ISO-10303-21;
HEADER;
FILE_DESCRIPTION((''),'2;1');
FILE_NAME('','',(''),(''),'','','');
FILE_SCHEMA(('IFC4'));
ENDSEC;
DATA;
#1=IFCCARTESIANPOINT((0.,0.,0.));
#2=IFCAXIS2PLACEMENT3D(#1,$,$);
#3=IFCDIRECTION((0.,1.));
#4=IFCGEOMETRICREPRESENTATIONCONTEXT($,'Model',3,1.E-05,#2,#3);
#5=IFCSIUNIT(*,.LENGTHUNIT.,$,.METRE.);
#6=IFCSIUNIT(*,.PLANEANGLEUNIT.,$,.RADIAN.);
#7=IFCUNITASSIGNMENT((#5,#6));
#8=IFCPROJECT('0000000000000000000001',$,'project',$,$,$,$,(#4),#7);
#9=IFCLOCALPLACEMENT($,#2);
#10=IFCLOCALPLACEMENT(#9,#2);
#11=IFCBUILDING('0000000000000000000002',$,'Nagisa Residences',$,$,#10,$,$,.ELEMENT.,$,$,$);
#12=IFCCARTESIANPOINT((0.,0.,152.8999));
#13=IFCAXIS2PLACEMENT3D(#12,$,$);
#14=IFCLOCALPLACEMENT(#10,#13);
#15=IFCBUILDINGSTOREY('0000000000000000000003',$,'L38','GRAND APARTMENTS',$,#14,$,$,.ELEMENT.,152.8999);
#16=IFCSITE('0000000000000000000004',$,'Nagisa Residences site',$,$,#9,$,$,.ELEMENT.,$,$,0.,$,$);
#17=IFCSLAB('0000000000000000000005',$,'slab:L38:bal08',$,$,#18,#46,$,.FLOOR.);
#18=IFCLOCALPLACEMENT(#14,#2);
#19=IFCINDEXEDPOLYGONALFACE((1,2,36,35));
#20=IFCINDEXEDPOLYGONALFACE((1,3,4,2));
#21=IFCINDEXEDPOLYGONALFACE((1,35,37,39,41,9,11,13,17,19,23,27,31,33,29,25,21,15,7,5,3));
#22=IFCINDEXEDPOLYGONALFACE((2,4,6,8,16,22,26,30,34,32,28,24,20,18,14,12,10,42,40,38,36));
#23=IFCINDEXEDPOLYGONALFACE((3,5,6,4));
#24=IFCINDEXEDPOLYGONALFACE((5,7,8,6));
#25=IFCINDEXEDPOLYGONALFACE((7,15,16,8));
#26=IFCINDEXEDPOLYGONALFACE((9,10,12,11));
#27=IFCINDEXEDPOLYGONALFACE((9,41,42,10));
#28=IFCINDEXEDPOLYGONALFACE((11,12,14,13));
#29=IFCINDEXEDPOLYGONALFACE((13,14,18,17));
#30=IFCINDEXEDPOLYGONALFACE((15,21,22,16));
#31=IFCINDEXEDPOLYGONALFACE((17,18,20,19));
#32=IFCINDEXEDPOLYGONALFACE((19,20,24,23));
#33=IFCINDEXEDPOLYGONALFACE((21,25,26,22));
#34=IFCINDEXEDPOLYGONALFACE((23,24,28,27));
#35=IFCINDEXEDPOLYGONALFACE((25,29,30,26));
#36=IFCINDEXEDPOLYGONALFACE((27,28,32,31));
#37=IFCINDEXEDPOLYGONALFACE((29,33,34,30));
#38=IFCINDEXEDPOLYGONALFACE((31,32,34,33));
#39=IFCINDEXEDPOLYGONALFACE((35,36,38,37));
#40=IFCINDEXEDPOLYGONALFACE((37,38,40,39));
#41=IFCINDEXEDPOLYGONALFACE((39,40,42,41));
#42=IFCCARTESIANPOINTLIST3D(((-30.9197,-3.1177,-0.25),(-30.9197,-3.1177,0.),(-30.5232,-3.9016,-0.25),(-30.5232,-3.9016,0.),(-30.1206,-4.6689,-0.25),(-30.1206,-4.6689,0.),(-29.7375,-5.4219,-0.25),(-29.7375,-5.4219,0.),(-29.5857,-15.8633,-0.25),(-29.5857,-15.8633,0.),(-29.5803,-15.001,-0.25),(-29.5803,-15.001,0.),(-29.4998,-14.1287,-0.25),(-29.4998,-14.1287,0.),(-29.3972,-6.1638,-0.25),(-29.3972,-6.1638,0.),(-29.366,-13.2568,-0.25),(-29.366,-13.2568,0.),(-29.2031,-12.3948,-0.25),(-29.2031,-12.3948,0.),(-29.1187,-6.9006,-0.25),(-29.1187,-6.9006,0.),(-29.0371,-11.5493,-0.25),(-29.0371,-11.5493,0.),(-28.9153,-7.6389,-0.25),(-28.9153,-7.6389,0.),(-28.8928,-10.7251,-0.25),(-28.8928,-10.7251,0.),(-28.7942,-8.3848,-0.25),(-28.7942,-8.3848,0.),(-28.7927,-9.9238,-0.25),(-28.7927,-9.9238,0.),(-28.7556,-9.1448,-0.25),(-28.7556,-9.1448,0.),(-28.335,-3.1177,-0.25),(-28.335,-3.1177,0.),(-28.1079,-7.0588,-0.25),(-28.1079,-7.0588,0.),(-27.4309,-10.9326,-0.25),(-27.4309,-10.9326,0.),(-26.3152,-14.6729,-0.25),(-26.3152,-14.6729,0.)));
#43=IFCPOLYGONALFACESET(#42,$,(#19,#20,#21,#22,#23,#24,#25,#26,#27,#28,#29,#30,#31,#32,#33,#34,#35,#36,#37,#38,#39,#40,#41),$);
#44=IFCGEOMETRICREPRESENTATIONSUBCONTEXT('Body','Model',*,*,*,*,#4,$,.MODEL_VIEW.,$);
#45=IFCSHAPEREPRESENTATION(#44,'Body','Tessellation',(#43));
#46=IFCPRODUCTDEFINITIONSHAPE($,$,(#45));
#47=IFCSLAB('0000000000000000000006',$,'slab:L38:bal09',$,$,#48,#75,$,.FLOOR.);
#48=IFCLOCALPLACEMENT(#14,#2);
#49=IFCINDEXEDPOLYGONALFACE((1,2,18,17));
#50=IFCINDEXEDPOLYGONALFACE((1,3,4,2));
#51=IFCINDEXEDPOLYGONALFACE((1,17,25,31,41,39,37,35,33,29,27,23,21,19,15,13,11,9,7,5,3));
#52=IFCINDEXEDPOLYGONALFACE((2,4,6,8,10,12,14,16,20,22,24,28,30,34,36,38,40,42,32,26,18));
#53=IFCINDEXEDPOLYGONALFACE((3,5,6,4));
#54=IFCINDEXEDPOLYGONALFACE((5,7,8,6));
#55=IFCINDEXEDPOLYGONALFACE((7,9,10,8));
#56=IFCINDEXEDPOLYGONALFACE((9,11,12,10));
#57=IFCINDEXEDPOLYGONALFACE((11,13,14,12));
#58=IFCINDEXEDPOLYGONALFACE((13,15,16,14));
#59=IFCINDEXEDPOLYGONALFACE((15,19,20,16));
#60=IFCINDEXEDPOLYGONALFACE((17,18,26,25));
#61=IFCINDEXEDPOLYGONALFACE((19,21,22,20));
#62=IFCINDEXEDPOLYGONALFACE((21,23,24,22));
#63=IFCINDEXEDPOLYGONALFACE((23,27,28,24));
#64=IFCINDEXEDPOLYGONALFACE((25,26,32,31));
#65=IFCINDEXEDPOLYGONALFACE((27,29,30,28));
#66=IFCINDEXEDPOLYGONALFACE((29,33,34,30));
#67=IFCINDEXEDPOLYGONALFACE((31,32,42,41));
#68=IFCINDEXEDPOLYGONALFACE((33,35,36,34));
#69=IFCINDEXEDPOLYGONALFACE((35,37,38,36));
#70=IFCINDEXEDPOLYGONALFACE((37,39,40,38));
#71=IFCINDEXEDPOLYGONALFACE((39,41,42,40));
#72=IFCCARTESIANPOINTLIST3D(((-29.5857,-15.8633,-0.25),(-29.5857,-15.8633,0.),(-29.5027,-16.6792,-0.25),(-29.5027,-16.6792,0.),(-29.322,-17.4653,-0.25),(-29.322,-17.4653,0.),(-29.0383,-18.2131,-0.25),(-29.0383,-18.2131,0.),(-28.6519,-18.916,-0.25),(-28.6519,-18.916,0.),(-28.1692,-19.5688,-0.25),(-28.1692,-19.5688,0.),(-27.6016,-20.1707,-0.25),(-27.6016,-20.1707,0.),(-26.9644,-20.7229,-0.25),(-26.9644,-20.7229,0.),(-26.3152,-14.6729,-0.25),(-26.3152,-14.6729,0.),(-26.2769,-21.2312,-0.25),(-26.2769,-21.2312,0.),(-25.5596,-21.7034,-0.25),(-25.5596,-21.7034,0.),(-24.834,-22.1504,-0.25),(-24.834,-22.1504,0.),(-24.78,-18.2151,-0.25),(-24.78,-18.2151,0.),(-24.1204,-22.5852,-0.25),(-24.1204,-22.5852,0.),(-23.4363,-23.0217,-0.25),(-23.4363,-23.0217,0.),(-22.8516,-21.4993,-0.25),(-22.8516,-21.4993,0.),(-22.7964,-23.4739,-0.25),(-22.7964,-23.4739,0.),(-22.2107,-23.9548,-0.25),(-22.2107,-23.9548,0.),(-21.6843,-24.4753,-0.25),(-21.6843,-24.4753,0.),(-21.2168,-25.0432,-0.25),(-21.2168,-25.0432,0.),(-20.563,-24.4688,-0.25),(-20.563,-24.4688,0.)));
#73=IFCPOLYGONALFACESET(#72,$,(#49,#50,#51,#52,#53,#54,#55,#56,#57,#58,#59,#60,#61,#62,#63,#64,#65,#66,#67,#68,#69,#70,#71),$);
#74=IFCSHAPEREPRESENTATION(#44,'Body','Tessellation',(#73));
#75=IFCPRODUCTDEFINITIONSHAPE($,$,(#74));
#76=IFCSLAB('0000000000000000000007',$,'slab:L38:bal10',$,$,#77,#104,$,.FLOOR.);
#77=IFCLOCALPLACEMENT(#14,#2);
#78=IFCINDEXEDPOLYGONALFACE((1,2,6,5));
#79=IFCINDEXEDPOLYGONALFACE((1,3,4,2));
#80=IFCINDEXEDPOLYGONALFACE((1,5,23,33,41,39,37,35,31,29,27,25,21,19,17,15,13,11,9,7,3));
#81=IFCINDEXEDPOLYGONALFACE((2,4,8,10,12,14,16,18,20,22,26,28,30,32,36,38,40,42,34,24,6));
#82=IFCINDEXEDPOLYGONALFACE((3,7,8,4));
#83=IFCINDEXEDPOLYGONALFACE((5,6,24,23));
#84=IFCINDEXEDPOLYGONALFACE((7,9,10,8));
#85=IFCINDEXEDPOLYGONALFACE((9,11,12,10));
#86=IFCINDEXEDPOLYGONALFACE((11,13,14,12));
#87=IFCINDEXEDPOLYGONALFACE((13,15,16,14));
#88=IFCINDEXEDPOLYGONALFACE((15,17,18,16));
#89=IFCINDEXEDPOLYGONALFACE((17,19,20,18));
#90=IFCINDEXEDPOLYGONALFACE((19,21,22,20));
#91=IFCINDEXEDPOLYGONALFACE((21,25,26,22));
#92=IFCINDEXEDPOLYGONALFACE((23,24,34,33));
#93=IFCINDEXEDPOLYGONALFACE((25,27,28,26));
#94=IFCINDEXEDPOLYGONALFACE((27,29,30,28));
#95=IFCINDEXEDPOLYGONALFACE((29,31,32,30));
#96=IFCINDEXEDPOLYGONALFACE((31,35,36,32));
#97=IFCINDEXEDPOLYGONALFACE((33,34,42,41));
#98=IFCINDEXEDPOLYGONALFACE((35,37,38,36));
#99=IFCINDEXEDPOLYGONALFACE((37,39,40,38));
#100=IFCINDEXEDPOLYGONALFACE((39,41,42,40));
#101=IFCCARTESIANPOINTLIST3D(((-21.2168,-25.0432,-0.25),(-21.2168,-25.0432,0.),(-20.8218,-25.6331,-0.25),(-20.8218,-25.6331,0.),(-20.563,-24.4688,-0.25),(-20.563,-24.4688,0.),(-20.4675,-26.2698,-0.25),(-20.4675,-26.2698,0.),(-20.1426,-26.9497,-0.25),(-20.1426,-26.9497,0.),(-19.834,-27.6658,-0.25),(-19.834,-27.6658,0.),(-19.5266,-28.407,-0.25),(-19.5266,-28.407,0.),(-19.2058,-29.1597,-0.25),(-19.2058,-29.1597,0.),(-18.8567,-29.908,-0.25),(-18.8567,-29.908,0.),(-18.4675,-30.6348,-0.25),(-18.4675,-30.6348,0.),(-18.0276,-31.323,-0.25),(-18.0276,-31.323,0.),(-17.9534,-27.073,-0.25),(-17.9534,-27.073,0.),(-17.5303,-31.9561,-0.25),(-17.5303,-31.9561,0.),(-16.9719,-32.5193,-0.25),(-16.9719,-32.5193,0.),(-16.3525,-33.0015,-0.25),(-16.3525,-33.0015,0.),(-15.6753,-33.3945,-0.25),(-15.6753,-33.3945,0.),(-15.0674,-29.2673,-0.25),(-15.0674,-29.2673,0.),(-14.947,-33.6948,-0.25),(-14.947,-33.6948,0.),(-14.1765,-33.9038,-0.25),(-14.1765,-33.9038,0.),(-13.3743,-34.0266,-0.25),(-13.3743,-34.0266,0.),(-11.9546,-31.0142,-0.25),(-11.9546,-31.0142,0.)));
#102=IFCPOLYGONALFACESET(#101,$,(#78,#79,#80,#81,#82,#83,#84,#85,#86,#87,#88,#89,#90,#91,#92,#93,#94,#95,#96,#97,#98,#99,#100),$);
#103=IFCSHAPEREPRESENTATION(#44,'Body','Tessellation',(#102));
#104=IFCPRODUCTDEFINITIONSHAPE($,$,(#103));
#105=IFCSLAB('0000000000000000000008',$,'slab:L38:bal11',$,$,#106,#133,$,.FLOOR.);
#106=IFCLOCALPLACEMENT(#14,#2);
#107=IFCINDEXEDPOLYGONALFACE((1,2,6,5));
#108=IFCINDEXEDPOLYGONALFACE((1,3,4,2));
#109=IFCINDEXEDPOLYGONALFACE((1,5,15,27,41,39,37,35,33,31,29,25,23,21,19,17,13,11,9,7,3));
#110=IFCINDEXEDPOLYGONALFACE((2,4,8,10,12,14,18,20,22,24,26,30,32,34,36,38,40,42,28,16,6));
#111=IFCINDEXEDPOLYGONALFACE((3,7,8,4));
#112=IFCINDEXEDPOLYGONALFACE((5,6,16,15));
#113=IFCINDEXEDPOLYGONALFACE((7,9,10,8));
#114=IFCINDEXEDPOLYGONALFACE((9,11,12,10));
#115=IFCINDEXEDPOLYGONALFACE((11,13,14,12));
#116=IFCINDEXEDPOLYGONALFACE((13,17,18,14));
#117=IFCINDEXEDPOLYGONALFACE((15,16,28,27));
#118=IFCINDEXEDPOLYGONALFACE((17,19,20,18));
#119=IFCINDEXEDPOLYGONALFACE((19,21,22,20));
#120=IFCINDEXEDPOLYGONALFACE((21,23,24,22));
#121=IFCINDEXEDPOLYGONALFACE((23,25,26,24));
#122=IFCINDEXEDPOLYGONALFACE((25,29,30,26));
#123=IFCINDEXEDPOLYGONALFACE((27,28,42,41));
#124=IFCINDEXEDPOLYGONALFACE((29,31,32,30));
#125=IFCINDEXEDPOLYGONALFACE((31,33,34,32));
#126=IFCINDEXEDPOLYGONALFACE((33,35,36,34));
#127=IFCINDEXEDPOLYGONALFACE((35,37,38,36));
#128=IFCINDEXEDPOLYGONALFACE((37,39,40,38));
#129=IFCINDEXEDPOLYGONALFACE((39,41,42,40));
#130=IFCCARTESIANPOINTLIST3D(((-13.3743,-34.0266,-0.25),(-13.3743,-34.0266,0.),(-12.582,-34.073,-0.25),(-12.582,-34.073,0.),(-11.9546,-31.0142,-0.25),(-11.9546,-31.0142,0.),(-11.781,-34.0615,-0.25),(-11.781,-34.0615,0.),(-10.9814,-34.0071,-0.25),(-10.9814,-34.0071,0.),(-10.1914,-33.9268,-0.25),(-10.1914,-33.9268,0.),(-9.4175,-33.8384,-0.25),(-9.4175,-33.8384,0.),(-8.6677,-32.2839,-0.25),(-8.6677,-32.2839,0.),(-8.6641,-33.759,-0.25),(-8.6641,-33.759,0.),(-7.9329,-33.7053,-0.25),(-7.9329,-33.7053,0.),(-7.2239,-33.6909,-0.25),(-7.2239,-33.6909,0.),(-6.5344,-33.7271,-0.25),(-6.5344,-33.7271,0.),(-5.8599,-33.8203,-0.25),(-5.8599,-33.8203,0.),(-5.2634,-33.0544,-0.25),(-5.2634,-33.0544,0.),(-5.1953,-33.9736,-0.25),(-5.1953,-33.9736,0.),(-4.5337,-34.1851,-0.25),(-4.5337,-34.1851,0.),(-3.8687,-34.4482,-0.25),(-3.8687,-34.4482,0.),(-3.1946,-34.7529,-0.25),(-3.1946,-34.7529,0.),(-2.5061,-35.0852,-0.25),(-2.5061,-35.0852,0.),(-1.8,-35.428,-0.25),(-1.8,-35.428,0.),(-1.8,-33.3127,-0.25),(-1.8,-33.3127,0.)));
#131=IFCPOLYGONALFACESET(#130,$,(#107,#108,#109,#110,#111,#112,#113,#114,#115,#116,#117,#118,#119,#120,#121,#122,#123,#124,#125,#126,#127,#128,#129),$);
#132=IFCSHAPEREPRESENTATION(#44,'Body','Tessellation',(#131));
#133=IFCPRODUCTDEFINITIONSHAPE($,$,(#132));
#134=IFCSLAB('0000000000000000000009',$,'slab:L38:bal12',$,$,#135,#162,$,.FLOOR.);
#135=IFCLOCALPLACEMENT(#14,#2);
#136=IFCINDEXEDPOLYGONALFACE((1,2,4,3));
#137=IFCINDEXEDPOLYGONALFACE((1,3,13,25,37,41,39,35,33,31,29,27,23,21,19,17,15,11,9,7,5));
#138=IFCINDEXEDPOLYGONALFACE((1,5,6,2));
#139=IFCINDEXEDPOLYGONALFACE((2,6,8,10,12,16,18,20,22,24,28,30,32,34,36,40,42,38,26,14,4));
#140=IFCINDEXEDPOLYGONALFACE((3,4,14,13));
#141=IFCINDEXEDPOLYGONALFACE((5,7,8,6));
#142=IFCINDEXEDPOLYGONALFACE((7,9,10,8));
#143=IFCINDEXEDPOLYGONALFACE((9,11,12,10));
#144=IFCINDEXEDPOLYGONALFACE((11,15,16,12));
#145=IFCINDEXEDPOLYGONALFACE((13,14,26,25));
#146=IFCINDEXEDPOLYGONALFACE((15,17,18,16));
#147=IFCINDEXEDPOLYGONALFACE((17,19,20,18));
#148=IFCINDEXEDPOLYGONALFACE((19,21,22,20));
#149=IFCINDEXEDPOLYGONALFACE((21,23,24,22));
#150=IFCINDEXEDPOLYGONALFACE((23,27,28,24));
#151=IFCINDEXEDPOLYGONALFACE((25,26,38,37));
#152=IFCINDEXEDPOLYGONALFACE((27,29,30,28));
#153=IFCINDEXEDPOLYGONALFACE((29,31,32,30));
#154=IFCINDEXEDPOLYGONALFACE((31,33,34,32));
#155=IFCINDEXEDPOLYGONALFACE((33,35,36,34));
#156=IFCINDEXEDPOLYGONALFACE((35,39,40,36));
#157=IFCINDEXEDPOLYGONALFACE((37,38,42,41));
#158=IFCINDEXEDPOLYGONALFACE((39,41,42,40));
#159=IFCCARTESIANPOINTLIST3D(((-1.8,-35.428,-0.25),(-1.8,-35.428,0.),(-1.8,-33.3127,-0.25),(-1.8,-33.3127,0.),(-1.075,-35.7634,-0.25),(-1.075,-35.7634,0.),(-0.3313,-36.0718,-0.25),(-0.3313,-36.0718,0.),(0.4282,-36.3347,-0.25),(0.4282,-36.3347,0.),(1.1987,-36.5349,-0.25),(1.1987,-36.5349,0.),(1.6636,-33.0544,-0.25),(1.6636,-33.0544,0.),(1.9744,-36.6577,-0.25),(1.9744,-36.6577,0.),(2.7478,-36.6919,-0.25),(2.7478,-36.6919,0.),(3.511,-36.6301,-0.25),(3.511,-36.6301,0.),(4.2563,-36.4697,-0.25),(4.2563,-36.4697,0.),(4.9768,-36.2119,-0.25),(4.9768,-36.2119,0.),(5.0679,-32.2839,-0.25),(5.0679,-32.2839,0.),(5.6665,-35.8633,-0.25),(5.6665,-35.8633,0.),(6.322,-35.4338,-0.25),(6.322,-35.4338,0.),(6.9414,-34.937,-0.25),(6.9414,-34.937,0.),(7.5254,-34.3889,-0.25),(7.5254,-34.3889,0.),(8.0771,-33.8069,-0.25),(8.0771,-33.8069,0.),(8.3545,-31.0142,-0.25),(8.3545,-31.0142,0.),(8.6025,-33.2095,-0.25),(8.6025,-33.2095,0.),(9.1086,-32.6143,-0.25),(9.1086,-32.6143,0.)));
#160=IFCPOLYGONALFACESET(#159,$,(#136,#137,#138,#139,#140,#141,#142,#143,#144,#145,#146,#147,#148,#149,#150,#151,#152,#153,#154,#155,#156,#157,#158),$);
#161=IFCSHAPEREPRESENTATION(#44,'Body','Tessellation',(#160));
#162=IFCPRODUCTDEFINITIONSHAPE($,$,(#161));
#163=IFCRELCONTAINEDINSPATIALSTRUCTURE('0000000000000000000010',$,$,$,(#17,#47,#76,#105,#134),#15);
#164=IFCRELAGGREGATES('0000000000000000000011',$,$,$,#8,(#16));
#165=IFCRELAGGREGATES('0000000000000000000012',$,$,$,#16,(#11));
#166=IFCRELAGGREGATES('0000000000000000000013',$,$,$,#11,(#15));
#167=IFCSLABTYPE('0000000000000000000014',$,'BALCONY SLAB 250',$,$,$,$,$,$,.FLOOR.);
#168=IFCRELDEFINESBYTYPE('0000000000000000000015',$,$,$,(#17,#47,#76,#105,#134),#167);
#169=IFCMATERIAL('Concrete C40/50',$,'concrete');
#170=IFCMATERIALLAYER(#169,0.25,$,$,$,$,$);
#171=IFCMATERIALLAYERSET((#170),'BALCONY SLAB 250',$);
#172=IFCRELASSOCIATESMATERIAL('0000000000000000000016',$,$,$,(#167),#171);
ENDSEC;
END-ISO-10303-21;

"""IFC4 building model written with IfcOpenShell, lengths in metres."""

from ifc_helpers import new_model, si_unit, direction, frame, origin, place, context, subcontext, project, spatial, polyline, outline, extrude, material, layer, layer_set, type_object, element, save


model = new_model("IFC4")

# Units and contexts
model_context = context("Model", 3, precision=1e-05, world=origin(), true_north=direction((0.0, 1.0)))
body_context = subcontext(model_context, "Body", "Model", "MODEL_VIEW")
ifc_project = project(units=[si_unit("LENGTHUNIT", "METRE"), si_unit("PLANEANGLEUNIT", "RADIAN")], contexts=[model_context])

# Site, building, storey
site_placement = place(None, origin())
site = spatial("IfcSite", under=ifc_project, at=site_placement, Name="Nagisa Residences site", CompositionType="ELEMENT", RefElevation=0.0)
building_placement = place(site_placement, origin())
building = spatial("IfcBuilding", under=site, at=building_placement, Name="Nagisa Residences", CompositionType="ELEMENT")
storey_placement = place(building_placement, frame((0.0, 0.0, 152.8999)))
storey = spatial("IfcBuildingStorey", under=building, at=storey_placement, Name="L38", Description="GRAND APARTMENTS", CompositionType="ELEMENT", Elevation=152.8999)

# Slabs
ifc_material_1 = material(Name="Concrete C40/50", Category="concrete")
ifc_layer_1 = layer(ifc_material_1, 0.25)
ifc_layer_set_1 = layer_set([ifc_layer_1], Name="BALCONY SLAB 250")
slab_type = type_object("IfcSlabType", Name="BALCONY SLAB 250", PredefinedType="FLOOR", material=ifc_layer_set_1)
slab_1_placement = place(storey_placement, frame((0.0, 0.0, -0.25)))
element("IfcSlab", 1, at=slab_1_placement, inside=storey, type_object=slab_type, Name="slab:L38:bal08", PredefinedType="FLOOR", context=body_context, shape_type="SweptSolid", body=[
    extrude(outline(polyline([(-30.9197, -3.1177), (-30.5232, -3.9016), (-30.1206, -4.6689), (-29.7375, -5.4219), (-29.3972, -6.1638), (-29.1187, -6.9006), (-28.9153, -7.6389), (-28.7942, -8.3848), (-28.7556, -9.1448), (-28.7927, -9.9238), (-28.8928, -10.7251), (-29.0371, -11.5493), (-29.2031, -12.3948), (-29.366, -13.2568), (-29.4998, -14.1287), (-29.5803, -15.001), (-29.5857, -15.8633), (-26.3152, -14.6729), (-27.4309, -10.9326), (-28.1079, -7.0588), (-28.335, -3.1177), (-30.9197, -3.1177)])), origin(), (0.0, 0.0, 1.0), 0.25),
])
slab_2_placement = place(storey_placement, frame((0.0, 0.0, -0.25)))
element("IfcSlab", 2, at=slab_2_placement, inside=storey, type_object=slab_type, Name="slab:L38:bal09", PredefinedType="FLOOR", context=body_context, shape_type="SweptSolid", body=[
    extrude(outline(polyline([(-29.5857, -15.8633), (-29.5027, -16.6792), (-29.322, -17.4653), (-29.0383, -18.2131), (-28.6519, -18.916), (-28.1692, -19.5688), (-27.6016, -20.1707), (-26.9644, -20.7229), (-26.2769, -21.2312), (-25.5596, -21.7034), (-24.834, -22.1504), (-24.1204, -22.5852), (-23.4363, -23.0217), (-22.7964, -23.4739), (-22.2107, -23.9548), (-21.6843, -24.4753), (-21.2168, -25.0432), (-20.563, -24.4688), (-22.8516, -21.4993), (-24.78, -18.2151), (-26.3152, -14.6729), (-29.5857, -15.8633)])), origin(), (0.0, 0.0, 1.0), 0.25),
])
slab_3_placement = place(storey_placement, frame((0.0, 0.0, -0.25)))
element("IfcSlab", 3, at=slab_3_placement, inside=storey, type_object=slab_type, Name="slab:L38:bal10", PredefinedType="FLOOR", context=body_context, shape_type="SweptSolid", body=[
    extrude(outline(polyline([(-21.2168, -25.0432), (-20.8218, -25.6331), (-20.4675, -26.2698), (-20.1426, -26.9497), (-19.834, -27.6658), (-19.5266, -28.407), (-19.2058, -29.1597), (-18.8567, -29.908), (-18.4675, -30.6348), (-18.0276, -31.323), (-17.5303, -31.9561), (-16.9719, -32.5193), (-16.3525, -33.0015), (-15.6753, -33.3945), (-14.947, -33.6948), (-14.1765, -33.9038), (-13.3743, -34.0266), (-11.9546, -31.0142), (-15.0674, -29.2673), (-17.9534, -27.073), (-20.563, -24.4688), (-21.2168, -25.0432)])), origin(), (0.0, 0.0, 1.0), 0.25),
])
slab_4_placement = place(storey_placement, frame((0.0, 0.0, -0.25)))
element("IfcSlab", 4, at=slab_4_placement, inside=storey, type_object=slab_type, Name="slab:L38:bal11", PredefinedType="FLOOR", context=body_context, shape_type="SweptSolid", body=[
    extrude(outline(polyline([(-13.3743, -34.0266), (-12.582, -34.073), (-11.781, -34.0615), (-10.9814, -34.0071), (-10.1914, -33.9268), (-9.4175, -33.8384), (-8.6641, -33.759), (-7.9329, -33.7053), (-7.2239, -33.6909), (-6.5344, -33.7271), (-5.8599, -33.8203), (-5.1953, -33.9736), (-4.5337, -34.1851), (-3.8687, -34.4482), (-3.1946, -34.7529), (-2.5061, -35.0852), (-1.8, -35.428), (-1.8, -33.3127), (-5.2634, -33.0544), (-8.6677, -32.2839), (-11.9546, -31.0142), (-13.3743, -34.0266)])), origin(), (0.0, 0.0, 1.0), 0.25),
])
slab_5_placement = place(storey_placement, frame((0.0, 0.0, -0.25)))
element("IfcSlab", 5, at=slab_5_placement, inside=storey, type_object=slab_type, Name="slab:L38:bal12", PredefinedType="FLOOR", context=body_context, shape_type="SweptSolid", body=[
    extrude(outline(polyline([(-1.8, -35.428), (-1.075, -35.7634), (-0.3313, -36.0718), (0.4282, -36.3347), (1.1987, -36.5349), (1.9744, -36.6577), (2.7478, -36.6919), (3.511, -36.6301), (4.2563, -36.4697), (4.9768, -36.2119), (5.6665, -35.8633), (6.322, -35.4338), (6.9414, -34.937), (7.5254, -34.3889), (8.0771, -33.8069), (8.6025, -33.2095), (9.1086, -32.6143), (8.3545, -31.0142), (5.0679, -32.2839), (1.6636, -33.0544), (-1.8, -33.3127), (-1.8, -35.428)])), origin(), (0.0, 0.0, 1.0), 0.25),
])

save(model, "model.ifc")
